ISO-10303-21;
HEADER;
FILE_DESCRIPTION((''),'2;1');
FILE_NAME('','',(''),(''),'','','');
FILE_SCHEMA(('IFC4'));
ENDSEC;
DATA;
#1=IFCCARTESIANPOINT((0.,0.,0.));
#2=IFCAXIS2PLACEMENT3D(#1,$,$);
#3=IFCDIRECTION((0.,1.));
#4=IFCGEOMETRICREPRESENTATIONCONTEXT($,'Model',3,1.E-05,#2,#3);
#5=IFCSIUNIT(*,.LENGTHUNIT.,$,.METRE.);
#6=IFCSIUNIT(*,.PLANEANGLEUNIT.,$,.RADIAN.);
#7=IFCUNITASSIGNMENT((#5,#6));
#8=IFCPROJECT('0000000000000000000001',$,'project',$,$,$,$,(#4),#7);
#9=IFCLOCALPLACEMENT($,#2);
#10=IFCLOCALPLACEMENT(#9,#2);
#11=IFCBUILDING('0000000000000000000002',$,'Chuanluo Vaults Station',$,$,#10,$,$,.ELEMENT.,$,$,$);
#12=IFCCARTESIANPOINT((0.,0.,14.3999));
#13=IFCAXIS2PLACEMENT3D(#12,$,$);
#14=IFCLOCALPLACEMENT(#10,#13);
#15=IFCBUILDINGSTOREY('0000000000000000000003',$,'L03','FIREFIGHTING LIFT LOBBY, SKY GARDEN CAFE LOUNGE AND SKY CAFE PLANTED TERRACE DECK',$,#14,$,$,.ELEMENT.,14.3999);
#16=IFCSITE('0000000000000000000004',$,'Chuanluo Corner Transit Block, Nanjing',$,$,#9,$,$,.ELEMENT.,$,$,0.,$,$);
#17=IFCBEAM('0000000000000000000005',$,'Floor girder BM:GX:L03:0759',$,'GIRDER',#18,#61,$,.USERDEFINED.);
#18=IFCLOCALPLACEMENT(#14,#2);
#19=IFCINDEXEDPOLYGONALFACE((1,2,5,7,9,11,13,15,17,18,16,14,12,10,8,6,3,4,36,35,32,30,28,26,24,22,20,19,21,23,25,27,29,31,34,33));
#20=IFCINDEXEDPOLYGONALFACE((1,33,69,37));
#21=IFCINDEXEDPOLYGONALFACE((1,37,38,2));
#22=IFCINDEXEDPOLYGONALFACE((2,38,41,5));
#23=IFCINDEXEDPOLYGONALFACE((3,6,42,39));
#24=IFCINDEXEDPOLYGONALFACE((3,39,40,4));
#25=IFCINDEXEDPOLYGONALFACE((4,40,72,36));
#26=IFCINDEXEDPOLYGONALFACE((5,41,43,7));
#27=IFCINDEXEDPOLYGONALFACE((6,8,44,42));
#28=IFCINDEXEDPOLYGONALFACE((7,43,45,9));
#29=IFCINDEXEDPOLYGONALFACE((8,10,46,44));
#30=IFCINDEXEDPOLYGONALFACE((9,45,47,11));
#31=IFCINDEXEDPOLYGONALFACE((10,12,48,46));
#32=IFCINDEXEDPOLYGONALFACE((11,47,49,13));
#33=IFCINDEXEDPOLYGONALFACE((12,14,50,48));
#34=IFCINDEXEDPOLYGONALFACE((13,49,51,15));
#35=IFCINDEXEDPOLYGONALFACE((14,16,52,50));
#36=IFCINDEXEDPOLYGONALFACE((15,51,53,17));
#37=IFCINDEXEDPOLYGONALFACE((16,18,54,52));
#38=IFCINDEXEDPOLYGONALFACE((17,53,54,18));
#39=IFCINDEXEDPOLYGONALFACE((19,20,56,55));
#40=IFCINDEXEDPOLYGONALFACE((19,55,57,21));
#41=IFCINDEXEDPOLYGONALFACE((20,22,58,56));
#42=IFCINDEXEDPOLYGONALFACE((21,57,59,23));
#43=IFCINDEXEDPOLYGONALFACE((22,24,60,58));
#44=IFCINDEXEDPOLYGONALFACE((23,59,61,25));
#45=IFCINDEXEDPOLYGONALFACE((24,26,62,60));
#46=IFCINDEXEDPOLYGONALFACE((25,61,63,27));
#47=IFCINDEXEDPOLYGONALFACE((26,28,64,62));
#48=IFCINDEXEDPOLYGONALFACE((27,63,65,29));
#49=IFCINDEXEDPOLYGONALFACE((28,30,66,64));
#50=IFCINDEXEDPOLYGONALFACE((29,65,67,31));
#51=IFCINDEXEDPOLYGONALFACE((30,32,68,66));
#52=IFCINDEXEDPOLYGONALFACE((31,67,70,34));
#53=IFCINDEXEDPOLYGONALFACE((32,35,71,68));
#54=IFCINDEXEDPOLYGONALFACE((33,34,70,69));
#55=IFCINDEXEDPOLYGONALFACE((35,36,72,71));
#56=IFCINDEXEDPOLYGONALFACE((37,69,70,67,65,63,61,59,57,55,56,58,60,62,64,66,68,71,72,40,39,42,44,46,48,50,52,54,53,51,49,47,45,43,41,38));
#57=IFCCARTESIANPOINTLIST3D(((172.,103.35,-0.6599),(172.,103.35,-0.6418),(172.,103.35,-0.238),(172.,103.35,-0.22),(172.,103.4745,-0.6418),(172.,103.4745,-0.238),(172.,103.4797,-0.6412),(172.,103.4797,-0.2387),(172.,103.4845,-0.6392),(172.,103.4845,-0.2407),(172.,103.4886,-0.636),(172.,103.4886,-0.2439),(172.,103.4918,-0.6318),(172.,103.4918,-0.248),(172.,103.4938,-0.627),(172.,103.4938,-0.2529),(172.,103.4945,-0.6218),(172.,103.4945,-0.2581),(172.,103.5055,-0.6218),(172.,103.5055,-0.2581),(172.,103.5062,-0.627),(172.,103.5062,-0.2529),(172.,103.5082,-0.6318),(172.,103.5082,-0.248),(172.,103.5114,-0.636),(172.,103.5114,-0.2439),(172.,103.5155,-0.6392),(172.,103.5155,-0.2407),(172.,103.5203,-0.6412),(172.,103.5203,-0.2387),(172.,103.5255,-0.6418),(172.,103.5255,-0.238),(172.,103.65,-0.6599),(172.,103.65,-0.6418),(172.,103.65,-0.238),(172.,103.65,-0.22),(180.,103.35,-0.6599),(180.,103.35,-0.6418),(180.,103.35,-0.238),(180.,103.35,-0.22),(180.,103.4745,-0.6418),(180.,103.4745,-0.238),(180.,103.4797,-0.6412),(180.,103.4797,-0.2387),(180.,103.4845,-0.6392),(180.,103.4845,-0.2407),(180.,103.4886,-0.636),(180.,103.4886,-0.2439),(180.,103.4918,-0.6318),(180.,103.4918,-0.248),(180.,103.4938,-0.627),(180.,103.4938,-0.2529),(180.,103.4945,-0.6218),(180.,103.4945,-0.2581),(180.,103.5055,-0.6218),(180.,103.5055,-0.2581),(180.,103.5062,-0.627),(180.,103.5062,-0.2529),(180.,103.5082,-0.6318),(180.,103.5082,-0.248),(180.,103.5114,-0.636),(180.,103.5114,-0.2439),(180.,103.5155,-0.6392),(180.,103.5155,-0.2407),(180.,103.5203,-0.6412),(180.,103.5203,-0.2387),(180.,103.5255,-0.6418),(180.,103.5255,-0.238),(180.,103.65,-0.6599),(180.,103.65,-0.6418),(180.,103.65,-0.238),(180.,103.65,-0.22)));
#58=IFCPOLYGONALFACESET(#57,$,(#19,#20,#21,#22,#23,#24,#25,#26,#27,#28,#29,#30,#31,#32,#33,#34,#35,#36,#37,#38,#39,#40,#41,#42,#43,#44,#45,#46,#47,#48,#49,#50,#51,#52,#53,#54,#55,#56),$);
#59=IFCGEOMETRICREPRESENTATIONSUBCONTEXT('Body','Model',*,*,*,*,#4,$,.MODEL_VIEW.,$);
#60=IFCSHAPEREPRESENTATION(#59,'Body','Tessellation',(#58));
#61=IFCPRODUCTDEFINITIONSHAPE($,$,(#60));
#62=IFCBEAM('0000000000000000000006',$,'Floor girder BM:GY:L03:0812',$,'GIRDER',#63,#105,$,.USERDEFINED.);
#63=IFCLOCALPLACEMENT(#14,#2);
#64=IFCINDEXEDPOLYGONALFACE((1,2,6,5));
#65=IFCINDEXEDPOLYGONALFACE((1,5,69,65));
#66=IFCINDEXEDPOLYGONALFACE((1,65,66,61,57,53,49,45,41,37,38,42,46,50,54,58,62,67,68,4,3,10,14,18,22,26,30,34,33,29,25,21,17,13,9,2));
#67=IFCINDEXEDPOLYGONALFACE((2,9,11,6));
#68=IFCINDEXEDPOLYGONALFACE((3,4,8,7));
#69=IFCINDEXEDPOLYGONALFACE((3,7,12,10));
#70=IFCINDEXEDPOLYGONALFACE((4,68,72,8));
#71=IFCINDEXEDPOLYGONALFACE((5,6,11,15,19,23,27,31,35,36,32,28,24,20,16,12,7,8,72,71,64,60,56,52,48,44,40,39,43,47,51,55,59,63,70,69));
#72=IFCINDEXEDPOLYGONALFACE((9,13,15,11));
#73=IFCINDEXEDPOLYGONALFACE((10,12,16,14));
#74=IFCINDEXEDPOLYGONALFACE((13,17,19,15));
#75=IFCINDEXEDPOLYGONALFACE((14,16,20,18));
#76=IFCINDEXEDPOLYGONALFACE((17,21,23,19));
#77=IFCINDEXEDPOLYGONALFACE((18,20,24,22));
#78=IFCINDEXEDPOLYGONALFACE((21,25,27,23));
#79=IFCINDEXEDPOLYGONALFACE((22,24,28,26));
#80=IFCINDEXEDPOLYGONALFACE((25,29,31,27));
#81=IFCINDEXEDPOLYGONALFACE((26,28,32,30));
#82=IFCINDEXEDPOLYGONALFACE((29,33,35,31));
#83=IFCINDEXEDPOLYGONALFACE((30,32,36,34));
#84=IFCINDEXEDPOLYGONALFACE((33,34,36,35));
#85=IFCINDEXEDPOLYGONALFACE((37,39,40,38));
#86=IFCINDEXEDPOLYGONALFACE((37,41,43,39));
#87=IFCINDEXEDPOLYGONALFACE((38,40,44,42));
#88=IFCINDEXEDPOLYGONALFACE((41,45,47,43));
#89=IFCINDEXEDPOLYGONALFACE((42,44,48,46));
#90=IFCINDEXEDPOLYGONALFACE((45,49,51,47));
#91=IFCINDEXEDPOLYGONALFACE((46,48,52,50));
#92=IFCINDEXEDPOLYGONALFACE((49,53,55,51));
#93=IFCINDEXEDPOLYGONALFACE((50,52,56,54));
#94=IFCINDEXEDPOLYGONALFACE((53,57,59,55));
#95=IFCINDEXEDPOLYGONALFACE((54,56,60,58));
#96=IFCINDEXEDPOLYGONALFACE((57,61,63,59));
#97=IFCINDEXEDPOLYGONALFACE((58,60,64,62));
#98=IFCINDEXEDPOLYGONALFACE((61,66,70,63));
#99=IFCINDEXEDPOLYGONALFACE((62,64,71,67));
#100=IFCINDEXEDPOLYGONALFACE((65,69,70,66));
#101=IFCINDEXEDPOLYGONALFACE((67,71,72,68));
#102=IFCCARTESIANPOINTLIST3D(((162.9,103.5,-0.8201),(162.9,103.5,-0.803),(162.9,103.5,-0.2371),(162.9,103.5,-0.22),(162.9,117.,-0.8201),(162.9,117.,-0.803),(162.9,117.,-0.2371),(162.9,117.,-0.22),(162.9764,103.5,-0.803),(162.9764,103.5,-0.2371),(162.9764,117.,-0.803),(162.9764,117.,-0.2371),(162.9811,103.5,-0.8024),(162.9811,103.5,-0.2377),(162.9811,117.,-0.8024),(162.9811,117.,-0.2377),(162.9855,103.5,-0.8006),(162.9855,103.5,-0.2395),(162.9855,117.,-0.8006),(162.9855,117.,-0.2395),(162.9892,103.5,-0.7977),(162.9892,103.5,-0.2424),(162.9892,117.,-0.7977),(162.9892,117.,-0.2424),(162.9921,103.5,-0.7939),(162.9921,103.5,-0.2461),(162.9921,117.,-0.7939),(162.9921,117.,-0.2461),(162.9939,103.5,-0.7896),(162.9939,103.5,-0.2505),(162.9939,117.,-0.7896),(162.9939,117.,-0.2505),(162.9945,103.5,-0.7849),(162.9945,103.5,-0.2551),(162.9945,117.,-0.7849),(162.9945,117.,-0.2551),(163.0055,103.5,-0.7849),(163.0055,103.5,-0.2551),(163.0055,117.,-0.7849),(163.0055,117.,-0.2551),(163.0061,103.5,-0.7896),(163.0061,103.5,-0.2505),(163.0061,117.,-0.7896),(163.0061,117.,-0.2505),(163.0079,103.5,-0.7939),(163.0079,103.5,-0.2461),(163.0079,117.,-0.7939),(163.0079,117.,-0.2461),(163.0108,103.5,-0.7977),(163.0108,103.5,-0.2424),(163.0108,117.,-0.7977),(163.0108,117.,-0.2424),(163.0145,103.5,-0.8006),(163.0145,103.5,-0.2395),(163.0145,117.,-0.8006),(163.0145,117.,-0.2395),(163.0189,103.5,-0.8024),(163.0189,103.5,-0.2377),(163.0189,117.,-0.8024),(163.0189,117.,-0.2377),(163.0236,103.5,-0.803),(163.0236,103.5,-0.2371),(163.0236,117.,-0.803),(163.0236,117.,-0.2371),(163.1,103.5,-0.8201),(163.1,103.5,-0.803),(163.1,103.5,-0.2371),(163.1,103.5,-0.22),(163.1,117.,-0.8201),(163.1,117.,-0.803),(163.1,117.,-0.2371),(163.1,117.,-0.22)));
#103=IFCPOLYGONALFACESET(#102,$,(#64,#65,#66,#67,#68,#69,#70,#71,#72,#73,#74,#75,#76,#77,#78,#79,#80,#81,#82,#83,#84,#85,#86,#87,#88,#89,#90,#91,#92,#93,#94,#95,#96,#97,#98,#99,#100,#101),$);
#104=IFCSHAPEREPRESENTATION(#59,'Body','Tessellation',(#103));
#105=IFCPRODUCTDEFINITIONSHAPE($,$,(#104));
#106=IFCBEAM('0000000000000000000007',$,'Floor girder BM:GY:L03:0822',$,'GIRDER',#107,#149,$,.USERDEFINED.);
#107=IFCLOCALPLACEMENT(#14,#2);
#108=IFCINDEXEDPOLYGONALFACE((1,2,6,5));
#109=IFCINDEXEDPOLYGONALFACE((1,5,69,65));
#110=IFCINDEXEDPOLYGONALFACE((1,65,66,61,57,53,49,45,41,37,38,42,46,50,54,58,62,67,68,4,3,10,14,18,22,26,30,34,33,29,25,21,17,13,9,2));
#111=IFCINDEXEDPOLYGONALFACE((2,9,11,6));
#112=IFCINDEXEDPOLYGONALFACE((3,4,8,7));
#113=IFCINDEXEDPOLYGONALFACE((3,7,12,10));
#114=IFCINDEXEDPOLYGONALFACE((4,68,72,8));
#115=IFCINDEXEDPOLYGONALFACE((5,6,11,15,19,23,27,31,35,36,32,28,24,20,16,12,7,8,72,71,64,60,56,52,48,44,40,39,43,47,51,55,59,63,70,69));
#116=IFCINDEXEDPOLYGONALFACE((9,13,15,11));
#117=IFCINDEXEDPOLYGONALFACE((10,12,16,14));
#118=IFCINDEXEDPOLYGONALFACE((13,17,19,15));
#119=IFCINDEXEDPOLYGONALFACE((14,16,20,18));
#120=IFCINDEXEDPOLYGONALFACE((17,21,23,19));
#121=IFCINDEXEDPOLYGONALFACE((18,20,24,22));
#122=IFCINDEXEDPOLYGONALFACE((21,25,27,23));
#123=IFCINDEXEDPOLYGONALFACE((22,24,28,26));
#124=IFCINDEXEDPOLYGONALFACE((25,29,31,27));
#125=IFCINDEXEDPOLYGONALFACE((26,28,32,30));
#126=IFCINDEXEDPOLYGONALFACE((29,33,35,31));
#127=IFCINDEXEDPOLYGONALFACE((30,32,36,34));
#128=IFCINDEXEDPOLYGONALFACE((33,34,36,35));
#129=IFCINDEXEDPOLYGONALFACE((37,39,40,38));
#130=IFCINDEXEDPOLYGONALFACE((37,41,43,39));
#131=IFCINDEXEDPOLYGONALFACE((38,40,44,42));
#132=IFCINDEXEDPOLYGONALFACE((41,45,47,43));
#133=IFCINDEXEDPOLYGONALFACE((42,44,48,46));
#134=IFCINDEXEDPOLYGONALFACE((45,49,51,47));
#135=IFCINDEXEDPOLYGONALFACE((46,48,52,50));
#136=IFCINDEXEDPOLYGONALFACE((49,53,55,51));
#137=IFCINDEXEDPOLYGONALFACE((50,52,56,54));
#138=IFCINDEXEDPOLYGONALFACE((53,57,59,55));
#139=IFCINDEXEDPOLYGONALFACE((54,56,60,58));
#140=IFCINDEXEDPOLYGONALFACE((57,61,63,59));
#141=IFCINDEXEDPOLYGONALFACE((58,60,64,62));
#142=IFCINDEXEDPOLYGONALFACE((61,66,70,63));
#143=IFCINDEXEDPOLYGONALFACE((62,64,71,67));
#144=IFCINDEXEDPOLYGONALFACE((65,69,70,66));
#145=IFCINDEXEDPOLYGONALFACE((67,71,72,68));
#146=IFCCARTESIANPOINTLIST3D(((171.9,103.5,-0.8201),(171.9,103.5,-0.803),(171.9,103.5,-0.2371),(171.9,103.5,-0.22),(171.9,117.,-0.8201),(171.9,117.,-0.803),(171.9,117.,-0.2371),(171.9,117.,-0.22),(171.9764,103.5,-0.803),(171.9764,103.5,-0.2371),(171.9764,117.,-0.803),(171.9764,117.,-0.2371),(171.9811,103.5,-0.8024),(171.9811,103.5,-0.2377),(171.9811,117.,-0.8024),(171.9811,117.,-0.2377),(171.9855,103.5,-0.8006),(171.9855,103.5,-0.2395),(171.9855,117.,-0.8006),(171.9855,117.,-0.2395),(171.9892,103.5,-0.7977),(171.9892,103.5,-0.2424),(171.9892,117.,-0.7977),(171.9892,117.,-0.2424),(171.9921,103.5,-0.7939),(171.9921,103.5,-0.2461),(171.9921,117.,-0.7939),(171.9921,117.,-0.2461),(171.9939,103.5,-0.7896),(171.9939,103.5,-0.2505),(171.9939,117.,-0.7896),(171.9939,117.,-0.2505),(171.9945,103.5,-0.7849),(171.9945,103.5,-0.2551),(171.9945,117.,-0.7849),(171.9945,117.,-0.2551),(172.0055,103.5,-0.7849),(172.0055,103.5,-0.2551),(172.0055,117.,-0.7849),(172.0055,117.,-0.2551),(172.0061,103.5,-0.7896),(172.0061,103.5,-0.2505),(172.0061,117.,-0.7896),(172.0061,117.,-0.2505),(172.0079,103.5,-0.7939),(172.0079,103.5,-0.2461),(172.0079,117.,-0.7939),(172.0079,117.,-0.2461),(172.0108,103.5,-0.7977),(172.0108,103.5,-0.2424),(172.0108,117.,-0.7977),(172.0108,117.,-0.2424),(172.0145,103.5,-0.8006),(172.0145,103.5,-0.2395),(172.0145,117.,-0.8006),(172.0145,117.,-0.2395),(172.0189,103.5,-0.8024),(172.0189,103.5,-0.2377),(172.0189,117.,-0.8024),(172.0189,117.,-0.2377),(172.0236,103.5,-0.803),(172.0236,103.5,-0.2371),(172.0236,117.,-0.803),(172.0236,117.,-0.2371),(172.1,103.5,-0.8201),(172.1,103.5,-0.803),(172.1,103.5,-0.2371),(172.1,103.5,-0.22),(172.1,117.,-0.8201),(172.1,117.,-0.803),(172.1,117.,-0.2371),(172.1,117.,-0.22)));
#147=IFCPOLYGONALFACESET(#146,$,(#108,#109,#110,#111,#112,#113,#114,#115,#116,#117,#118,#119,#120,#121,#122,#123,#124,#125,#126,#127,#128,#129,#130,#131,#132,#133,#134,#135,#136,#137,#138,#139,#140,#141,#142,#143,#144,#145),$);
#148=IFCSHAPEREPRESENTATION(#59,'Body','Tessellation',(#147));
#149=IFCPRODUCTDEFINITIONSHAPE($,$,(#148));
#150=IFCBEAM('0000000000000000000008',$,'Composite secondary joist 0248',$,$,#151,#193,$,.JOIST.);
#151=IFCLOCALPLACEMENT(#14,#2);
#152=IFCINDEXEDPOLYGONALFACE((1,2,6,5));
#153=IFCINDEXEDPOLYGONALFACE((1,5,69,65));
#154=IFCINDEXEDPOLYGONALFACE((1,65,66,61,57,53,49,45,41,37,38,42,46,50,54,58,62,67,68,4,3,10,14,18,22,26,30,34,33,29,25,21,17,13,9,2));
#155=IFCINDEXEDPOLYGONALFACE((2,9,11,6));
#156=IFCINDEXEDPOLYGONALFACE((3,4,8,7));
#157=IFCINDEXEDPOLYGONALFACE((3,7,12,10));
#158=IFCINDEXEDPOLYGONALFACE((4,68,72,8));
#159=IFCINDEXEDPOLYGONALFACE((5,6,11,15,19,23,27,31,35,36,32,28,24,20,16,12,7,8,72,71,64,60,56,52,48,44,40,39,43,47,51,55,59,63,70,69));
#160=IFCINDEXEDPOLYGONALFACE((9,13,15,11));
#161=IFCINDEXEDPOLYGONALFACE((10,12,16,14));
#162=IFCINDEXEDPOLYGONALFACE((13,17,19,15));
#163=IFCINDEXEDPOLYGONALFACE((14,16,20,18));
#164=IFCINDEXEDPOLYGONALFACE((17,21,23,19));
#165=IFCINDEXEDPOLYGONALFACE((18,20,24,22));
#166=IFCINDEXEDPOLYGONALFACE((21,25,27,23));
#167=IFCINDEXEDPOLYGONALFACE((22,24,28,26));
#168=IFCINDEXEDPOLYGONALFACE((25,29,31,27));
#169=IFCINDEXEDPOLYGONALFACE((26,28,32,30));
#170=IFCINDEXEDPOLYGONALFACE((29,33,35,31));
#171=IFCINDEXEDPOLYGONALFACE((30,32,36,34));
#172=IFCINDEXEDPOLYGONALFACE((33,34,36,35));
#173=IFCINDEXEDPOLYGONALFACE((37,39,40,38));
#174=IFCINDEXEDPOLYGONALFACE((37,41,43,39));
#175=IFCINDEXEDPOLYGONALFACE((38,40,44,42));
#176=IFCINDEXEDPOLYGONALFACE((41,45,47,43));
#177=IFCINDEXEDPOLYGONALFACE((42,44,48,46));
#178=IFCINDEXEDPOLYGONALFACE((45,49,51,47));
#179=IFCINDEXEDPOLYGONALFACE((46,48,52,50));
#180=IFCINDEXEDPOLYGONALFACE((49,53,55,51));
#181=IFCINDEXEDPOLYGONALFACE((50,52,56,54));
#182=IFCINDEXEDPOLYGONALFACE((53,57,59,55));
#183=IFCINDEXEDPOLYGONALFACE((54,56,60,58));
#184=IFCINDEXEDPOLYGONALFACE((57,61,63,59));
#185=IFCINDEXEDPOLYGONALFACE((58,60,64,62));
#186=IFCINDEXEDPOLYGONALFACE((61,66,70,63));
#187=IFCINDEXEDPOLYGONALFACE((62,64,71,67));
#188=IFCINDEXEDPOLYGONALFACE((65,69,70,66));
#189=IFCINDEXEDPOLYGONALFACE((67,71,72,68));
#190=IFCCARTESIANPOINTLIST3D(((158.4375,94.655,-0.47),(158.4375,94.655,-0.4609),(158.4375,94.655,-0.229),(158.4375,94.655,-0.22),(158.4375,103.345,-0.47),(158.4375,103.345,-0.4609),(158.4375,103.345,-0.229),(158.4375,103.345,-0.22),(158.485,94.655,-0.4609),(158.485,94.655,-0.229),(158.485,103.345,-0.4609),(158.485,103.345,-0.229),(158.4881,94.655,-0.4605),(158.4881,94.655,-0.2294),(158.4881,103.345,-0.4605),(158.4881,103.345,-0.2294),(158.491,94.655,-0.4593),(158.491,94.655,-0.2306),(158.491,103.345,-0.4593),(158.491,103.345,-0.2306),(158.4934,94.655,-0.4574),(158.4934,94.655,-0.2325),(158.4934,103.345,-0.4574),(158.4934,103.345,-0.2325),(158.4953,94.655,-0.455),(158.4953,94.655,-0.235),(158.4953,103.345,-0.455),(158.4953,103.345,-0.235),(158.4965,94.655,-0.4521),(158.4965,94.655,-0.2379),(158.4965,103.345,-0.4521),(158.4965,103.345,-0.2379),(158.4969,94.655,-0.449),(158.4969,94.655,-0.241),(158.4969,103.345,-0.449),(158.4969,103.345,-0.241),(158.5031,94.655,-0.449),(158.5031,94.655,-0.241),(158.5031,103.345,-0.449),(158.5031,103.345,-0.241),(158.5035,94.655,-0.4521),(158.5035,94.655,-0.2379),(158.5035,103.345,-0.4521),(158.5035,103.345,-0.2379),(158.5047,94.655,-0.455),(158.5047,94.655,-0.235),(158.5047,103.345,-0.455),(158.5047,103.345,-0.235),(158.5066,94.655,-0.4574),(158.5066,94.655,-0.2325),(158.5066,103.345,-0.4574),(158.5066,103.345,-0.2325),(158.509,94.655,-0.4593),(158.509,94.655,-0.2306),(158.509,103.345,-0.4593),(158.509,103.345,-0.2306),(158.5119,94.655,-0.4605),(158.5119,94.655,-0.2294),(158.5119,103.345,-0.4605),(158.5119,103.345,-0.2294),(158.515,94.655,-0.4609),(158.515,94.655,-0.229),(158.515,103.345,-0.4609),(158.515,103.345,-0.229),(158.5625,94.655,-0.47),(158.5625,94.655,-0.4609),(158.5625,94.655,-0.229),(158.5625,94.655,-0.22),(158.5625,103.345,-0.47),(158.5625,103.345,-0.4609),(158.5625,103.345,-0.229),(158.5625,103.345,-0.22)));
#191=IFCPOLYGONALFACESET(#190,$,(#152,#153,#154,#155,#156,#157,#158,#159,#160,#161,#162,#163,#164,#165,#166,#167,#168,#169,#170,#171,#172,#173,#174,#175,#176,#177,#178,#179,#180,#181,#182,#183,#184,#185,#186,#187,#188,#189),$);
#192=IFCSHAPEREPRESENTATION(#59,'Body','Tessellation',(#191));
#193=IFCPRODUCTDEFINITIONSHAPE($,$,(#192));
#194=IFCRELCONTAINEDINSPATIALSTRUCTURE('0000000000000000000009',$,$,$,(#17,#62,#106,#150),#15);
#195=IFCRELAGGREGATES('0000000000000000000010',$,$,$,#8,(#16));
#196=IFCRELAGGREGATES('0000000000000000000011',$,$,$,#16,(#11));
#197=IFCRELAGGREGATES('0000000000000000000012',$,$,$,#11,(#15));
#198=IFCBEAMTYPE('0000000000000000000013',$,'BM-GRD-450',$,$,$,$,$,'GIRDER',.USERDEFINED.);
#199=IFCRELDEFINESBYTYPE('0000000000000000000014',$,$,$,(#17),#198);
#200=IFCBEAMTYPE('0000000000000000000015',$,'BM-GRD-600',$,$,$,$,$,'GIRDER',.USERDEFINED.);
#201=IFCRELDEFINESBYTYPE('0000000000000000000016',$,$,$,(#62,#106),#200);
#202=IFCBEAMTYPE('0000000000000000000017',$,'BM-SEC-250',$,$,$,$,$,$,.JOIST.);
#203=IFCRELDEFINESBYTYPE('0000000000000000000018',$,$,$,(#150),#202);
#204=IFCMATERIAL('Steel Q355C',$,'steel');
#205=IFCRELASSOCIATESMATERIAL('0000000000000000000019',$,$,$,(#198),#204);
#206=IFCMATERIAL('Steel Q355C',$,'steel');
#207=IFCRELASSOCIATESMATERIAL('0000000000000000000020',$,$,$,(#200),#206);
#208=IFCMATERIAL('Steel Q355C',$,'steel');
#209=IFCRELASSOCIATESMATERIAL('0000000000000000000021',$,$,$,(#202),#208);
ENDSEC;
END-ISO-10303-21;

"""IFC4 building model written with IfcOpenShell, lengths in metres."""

from ifc_helpers import new_model, si_unit, direction, frame, origin, origin_2d, place, context, subcontext, project, spatial, i_section, extrude, material, material_profile, profile_set, type_object, element, save


model = new_model("IFC4")

# Units and contexts
model_context = context("Model", 3, precision=1e-05, world=origin(), true_north=direction((0.0, 1.0)))
body_context = subcontext(model_context, "Body", "Model", "MODEL_VIEW")
ifc_project = project(units=[si_unit("LENGTHUNIT", "METRE"), si_unit("PLANEANGLEUNIT", "RADIAN")], contexts=[model_context])

# Site, building, storey
site_placement = place(None, origin())
site = spatial("IfcSite", under=ifc_project, at=site_placement, Name="Chuanluo Corner Transit Block, Nanjing", CompositionType="ELEMENT", RefElevation=0.0)
building_placement = place(site_placement, origin())
building = spatial("IfcBuilding", under=site, at=building_placement, Name="Chuanluo Vaults Station", CompositionType="ELEMENT")
storey_placement = place(building_placement, frame((0.0, 0.0, 14.3999)))
storey = spatial("IfcBuildingStorey", under=building, at=storey_placement, Name="L03", Description="FIREFIGHTING LIFT LOBBY, SKY GARDEN CAFE LOUNGE AND SKY CAFE PLANTED TERRACE DECK", CompositionType="ELEMENT", Elevation=14.3999)

# Beams
ifc_material_1 = material(Name="Steel Q355C", Category="steel")
ifc_material_profile_1 = material_profile(ifc_material_1, i_section(OverallWidth=0.3, OverallDepth=0.4399, WebThickness=0.011, FlangeThickness=0.0181, FilletRadius=0.02, at=origin_2d()))
ifc_profile_set_1 = profile_set([ifc_material_profile_1], Name="Steel Q355C")
beam_type_1 = type_object("IfcBeamType", Name="BM-GRD-450", ElementType="GIRDER", PredefinedType="USERDEFINED", material=ifc_profile_set_1)
beam_1_placement = place(storey_placement, frame((172.0, 103.5, -0.4399), z_axis=(1.0, 0.0, 0.0), x_axis=(0.0, 1.0, 0.0)))
element("IfcBeam", 1, at=beam_1_placement, inside=storey, type_object=beam_type_1, Name="Floor girder BM:GX:L03:0759", ObjectType="GIRDER", PredefinedType="USERDEFINED", context=body_context, shape_type="SweptSolid", body=[
    extrude(i_section(OverallWidth=0.3, OverallDepth=0.4399, WebThickness=0.011, FlangeThickness=0.0181, FilletRadius=0.02, at=origin_2d()), origin(), (0.0, 0.0, 1.0), 8.0),
])
ifc_material_2 = material(Name="Steel Q355C", Category="steel")
ifc_material_profile_2 = material_profile(ifc_material_2, i_section(OverallWidth=0.2, OverallDepth=0.6001, WebThickness=0.011, FlangeThickness=0.0171, FilletRadius=0.0181, at=origin_2d()))
ifc_profile_set_2 = profile_set([ifc_material_profile_2], Name="Steel Q355C")
beam_type_2 = type_object("IfcBeamType", Name="BM-GRD-600", ElementType="GIRDER", PredefinedType="USERDEFINED", material=ifc_profile_set_2)
for number, where, z_axis, x_axis, name in (
    (2, (163.0, 103.5, -0.52), (0.0, 1.0, 0.0), (-1.0, 0.0, 0.0), "Floor girder BM:GY:L03:0812"),
    (3, (172.0, 103.5, -0.52), (0.0, 1.0, 0.0), (-1.0, 0.0, 0.0), "Floor girder BM:GY:L03:0822"),
):
    element("IfcBeam", number, at=place(storey_placement, frame(where, z_axis=z_axis, x_axis=x_axis)), inside=storey, type_object=beam_type_2, Name=name, ObjectType="GIRDER", PredefinedType="USERDEFINED", context=body_context, shape_type="SweptSolid", body=[
        extrude(i_section(OverallWidth=0.2, OverallDepth=0.6001, WebThickness=0.011, FlangeThickness=0.0171, FilletRadius=0.0181, at=origin_2d()), origin(), (0.0, 0.0, 1.0), 13.5),
    ])
ifc_material_3 = material(Name="Steel Q355C", Category="steel")
ifc_material_profile_3 = material_profile(ifc_material_3, i_section(OverallWidth=0.125, OverallDepth=0.25, WebThickness=0.0061, FlangeThickness=0.009, FilletRadius=0.012, at=origin_2d()))
ifc_profile_set_3 = profile_set([ifc_material_profile_3], Name="Steel Q355C")
beam_type_3 = type_object("IfcBeamType", Name="BM-SEC-250", PredefinedType="JOIST", material=ifc_profile_set_3)
for number, where, z_axis, x_axis, name in (
    (4, (158.5, 94.655, -0.345), (0.0, 1.0, 0.0), (-1.0, 0.0, 0.0), "Composite secondary joist 0248"),
):
    element("IfcBeam", number, at=place(storey_placement, frame(where, z_axis=z_axis, x_axis=x_axis)), inside=storey, type_object=beam_type_3, Name=name, PredefinedType="JOIST", context=body_context, shape_type="SweptSolid", body=[
        extrude(i_section(OverallWidth=0.125, OverallDepth=0.25, WebThickness=0.0061, FlangeThickness=0.009, FilletRadius=0.012, at=origin_2d()), origin(), (0.0, 0.0, 1.0), 8.6899),
    ])

save(model, "model.ifc")
